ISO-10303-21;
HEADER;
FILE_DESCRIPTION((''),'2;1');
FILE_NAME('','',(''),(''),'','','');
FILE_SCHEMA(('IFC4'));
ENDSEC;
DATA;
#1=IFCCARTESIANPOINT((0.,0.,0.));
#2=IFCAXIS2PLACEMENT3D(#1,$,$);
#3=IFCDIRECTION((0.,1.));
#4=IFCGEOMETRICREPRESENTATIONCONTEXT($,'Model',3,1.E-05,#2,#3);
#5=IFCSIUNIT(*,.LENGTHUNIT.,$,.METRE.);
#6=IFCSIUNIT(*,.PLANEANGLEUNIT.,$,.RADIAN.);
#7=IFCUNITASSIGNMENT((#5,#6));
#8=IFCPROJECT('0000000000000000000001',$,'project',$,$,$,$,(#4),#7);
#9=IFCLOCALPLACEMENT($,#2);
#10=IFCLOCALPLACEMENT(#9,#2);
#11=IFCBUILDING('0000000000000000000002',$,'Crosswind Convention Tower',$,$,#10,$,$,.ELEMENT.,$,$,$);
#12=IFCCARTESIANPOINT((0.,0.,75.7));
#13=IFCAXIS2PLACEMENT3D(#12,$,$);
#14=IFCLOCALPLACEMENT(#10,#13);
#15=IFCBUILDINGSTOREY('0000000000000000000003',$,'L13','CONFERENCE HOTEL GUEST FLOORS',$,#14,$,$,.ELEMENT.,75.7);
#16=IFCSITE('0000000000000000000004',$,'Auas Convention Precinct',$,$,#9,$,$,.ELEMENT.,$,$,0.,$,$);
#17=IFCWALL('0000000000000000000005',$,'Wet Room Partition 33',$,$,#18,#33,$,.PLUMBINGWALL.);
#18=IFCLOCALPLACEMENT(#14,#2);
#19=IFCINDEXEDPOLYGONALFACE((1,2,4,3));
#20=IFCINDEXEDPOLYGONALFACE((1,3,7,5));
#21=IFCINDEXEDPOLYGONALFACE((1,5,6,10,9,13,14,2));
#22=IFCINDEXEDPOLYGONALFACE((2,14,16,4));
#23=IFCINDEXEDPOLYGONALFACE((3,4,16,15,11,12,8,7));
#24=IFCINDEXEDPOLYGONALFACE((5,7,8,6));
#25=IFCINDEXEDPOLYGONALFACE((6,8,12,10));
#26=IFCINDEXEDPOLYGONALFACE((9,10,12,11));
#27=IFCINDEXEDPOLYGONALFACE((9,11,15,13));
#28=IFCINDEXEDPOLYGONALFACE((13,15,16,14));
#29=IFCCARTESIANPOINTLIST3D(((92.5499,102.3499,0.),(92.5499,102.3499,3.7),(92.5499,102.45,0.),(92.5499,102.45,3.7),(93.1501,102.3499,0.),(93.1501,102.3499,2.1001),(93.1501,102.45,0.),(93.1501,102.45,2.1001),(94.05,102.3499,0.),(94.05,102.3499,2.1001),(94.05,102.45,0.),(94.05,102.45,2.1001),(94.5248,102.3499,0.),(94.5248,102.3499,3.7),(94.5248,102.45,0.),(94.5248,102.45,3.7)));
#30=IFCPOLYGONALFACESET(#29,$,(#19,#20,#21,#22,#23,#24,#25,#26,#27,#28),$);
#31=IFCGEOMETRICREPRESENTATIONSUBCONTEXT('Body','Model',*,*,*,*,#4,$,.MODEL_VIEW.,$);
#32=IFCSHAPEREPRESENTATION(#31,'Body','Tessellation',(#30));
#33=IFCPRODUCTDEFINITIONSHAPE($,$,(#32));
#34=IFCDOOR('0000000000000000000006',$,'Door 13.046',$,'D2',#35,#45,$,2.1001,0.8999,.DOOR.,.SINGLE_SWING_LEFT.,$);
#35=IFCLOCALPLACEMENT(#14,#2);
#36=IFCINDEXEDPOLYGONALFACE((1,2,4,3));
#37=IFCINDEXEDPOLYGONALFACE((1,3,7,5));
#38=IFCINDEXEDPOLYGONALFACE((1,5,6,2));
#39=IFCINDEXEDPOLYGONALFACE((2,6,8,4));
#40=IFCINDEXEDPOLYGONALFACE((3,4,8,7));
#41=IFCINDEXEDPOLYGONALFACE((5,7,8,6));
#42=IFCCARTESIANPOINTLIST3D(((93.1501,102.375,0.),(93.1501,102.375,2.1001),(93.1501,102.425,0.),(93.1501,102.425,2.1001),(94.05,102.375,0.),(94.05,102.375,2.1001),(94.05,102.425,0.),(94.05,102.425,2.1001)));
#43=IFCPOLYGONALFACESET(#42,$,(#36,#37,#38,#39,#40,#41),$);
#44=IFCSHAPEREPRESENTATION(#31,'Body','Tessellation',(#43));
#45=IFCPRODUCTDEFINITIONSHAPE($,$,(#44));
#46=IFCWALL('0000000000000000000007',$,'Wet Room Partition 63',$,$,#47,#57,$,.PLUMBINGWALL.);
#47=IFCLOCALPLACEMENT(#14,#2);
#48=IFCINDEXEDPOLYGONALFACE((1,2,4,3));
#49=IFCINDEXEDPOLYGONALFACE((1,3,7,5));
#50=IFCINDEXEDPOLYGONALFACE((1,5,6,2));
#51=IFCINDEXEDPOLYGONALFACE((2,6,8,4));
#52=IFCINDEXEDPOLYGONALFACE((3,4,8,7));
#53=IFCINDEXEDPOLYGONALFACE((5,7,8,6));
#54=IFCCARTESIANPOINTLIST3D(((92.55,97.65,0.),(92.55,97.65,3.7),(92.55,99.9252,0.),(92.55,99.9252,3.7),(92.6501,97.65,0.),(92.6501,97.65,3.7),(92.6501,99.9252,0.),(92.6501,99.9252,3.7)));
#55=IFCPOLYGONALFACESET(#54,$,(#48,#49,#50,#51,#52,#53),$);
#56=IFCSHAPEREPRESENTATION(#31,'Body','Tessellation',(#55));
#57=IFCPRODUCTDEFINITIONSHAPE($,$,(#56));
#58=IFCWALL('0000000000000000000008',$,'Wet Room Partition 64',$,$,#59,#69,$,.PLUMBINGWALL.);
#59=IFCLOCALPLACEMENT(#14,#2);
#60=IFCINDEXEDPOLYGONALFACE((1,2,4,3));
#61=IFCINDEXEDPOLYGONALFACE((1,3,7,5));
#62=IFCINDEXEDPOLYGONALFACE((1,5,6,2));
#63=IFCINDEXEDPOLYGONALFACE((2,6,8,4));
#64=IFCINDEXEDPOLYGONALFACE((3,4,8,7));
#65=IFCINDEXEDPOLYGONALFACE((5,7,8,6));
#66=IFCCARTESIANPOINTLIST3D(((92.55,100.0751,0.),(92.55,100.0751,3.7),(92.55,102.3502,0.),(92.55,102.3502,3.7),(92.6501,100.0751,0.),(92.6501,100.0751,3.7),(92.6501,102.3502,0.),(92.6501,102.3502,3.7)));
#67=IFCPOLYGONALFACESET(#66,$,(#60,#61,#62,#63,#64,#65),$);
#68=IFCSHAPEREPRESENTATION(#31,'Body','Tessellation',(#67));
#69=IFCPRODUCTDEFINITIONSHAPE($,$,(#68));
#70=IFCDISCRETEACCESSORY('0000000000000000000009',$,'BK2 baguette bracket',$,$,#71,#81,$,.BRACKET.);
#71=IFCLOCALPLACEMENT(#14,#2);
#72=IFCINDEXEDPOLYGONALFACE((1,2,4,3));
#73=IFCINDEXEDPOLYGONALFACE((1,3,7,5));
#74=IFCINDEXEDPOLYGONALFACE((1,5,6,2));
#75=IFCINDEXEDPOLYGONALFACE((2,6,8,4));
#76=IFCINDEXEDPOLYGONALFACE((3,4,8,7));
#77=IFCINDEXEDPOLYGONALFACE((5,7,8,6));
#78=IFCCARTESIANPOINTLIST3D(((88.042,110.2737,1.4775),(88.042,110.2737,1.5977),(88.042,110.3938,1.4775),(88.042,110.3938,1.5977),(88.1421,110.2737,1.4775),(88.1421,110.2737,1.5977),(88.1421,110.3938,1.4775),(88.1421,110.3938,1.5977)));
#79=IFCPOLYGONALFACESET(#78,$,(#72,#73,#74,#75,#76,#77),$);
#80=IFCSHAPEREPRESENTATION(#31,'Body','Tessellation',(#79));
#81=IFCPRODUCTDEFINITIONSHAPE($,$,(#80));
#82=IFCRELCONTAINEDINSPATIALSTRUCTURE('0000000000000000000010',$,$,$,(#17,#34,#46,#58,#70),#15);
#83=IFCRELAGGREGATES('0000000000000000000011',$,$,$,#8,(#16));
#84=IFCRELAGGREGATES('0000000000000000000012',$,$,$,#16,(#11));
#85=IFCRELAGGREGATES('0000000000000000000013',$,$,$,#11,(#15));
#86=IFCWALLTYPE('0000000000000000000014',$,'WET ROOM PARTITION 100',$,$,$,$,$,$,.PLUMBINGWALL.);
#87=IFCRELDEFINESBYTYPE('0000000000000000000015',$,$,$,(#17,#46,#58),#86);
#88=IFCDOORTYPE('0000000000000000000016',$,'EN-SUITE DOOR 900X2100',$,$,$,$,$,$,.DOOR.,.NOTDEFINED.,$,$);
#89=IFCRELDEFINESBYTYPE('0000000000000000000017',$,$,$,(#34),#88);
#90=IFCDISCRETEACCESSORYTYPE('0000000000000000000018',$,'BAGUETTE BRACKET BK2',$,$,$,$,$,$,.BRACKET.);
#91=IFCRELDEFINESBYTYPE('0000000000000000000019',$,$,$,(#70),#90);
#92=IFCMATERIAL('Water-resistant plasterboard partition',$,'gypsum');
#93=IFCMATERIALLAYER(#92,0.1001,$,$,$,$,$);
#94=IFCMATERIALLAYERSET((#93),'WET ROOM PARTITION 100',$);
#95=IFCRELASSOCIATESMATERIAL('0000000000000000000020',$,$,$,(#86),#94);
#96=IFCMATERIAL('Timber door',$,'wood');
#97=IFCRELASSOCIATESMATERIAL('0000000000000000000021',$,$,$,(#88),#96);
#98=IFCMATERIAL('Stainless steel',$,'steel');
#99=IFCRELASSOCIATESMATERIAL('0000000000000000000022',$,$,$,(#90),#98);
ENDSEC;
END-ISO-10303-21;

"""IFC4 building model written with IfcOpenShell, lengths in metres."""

from ifc_helpers import new_model, si_unit, direction, frame, frame_2d, origin, origin_2d, place, context, subcontext, project, spatial, rectangle, extrude, material, layer, layer_set, type_object, element, fill, save


model = new_model("IFC4")

# Units and contexts
model_context = context("Model", 3, precision=1e-05, world=origin(), true_north=direction((0.0, 1.0)))
body_context = subcontext(model_context, "Body", "Model", "MODEL_VIEW")
ifc_project = project(units=[si_unit("LENGTHUNIT", "METRE"), si_unit("PLANEANGLEUNIT", "RADIAN")], contexts=[model_context])

# Site, building, storey
site_placement = place(None, origin())
site = spatial("IfcSite", under=ifc_project, at=site_placement, Name="Auas Convention Precinct", CompositionType="ELEMENT", RefElevation=0.0)
building_placement = place(site_placement, origin())
building = spatial("IfcBuilding", under=site, at=building_placement, Name="Crosswind Convention Tower", CompositionType="ELEMENT")
storey_placement = place(building_placement, frame((0.0, 0.0, 75.7)))
storey = spatial("IfcBuildingStorey", under=building, at=storey_placement, Name="L13", Description="CONFERENCE HOTEL GUEST FLOORS", CompositionType="ELEMENT", Elevation=75.7)

# Wall, opening, door
ifc_material_1 = material(Name="Water-resistant plasterboard partition", Category="gypsum")
ifc_layer_1 = layer(ifc_material_1, 0.1001)
ifc_layer_set_1 = layer_set([ifc_layer_1], Name="WET ROOM PARTITION 100")
wall_type_1 = type_object("IfcWallType", Name="WET ROOM PARTITION 100", PredefinedType="PLUMBINGWALL", material=ifc_layer_set_1)
ifc_material_2 = material(Name="Timber door", Category="wood")
door_type_1 = type_object("IfcDoorType", Name="EN-SUITE DOOR 900X2100", OperationType="NOTDEFINED", PredefinedType="DOOR", material=ifc_material_2)
wall_1_placement = place(storey_placement, frame((92.55, 102.3999, 0.0), z_axis=(0.0, 0.0, 1.0), x_axis=(1.0, 0.0, 0.0)))
wall_1 = element("IfcWall", 1, at=wall_1_placement, inside=storey, type_object=wall_type_1, Name="Wet Room Partition 33", PredefinedType="PLUMBINGWALL", context=body_context, shape_type="SweptSolid", body=[
    extrude(rectangle(XDim=1.9749, YDim=0.1001, at=frame_2d((0.9873, 0.0))), origin(), (0.0, 0.0, 1.0), 3.7),
])
opening_1_placement = place(wall_1_placement, frame((0.6001, 0.0, 0.0)))
opening_1 = element("IfcOpeningElement", 2, at=opening_1_placement, cuts=wall_1, PredefinedType="OPENING", context=body_context, shape_type="SweptSolid", body=[
    extrude(rectangle(XDim=0.8999, YDim=2.1001, at=frame_2d((0.45, 1.05))), frame((0.0, 0.0601, 0.0), z_axis=(0.0, -1.0, 0.0), x_axis=(1.0, 0.0, 0.0)), (0.0, 0.0, 1.0), 0.1201),
])
door_1_placement = place(opening_1_placement, frame((0.8999, 0.0, 0.0), z_axis=(0.0, 0.0, 1.0), x_axis=(-1.0, 0.0, 0.0)))
door_1 = element("IfcDoor", 3, at=door_1_placement, inside=storey, type_object=door_type_1, Name="Door 13.046", ObjectType="D2", OperationType="SINGLE_SWING_LEFT", OverallHeight=2.1001, OverallWidth=0.8999, PredefinedType="DOOR", context=body_context, shape_type="SweptSolid", body=[
    extrude(rectangle(XDim=0.8999, YDim=2.1001, at=frame_2d((0.45, 1.05))), frame((0.0, 0.0249, 0.0), z_axis=(0.0, -1.0, 0.0), x_axis=(1.0, 0.0, 0.0)), (0.0, 0.0, 1.0), 0.05),
])
fill(opening_1, door_1)

# Walls
for number, where, z_axis, x_axis, name in (
    (4, (92.6001, 97.6499, 0.0), (0.0, 0.0, 1.0), (0.0, 1.0, 0.0), "Wet Room Partition 63"),
    (5, (92.6001, 100.075, 0.0), (0.0, 0.0, 1.0), (0.0, 1.0, 0.0), "Wet Room Partition 64"),
):
    element("IfcWall", number, at=place(storey_placement, frame(where, z_axis=z_axis, x_axis=x_axis)), inside=storey, type_object=wall_type_1, Name=name, PredefinedType="PLUMBINGWALL", context=body_context, shape_type="SweptSolid", body=[
        extrude(rectangle(XDim=2.2751, YDim=0.1001, at=frame_2d((1.1377, 0.0))), origin(), (0.0, 0.0, 1.0), 3.7),
    ])

# Discrete accessory
ifc_material_3 = material(Name="Stainless steel", Category="steel")
discrete_accessory_type = type_object("IfcDiscreteAccessoryType", Name="BAGUETTE BRACKET BK2", PredefinedType="BRACKET", material=ifc_material_3)
discrete_accessory_placement = place(storey_placement, frame((88.092, 110.3337, 1.4775), z_axis=(0.0, 0.0, 1.0), x_axis=(0.0, -1.0, 0.0)))
element("IfcDiscreteAccessory", 6, at=discrete_accessory_placement, inside=storey, type_object=discrete_accessory_type, Name="BK2 baguette bracket", PredefinedType="BRACKET", context=body_context, shape_type="SweptSolid", body=[
    extrude(rectangle(XDim=0.1201, YDim=0.1001, at=origin_2d()), origin(), (0.0, 0.0, 1.0), 0.1201),
])

save(model, "model.ifc")
